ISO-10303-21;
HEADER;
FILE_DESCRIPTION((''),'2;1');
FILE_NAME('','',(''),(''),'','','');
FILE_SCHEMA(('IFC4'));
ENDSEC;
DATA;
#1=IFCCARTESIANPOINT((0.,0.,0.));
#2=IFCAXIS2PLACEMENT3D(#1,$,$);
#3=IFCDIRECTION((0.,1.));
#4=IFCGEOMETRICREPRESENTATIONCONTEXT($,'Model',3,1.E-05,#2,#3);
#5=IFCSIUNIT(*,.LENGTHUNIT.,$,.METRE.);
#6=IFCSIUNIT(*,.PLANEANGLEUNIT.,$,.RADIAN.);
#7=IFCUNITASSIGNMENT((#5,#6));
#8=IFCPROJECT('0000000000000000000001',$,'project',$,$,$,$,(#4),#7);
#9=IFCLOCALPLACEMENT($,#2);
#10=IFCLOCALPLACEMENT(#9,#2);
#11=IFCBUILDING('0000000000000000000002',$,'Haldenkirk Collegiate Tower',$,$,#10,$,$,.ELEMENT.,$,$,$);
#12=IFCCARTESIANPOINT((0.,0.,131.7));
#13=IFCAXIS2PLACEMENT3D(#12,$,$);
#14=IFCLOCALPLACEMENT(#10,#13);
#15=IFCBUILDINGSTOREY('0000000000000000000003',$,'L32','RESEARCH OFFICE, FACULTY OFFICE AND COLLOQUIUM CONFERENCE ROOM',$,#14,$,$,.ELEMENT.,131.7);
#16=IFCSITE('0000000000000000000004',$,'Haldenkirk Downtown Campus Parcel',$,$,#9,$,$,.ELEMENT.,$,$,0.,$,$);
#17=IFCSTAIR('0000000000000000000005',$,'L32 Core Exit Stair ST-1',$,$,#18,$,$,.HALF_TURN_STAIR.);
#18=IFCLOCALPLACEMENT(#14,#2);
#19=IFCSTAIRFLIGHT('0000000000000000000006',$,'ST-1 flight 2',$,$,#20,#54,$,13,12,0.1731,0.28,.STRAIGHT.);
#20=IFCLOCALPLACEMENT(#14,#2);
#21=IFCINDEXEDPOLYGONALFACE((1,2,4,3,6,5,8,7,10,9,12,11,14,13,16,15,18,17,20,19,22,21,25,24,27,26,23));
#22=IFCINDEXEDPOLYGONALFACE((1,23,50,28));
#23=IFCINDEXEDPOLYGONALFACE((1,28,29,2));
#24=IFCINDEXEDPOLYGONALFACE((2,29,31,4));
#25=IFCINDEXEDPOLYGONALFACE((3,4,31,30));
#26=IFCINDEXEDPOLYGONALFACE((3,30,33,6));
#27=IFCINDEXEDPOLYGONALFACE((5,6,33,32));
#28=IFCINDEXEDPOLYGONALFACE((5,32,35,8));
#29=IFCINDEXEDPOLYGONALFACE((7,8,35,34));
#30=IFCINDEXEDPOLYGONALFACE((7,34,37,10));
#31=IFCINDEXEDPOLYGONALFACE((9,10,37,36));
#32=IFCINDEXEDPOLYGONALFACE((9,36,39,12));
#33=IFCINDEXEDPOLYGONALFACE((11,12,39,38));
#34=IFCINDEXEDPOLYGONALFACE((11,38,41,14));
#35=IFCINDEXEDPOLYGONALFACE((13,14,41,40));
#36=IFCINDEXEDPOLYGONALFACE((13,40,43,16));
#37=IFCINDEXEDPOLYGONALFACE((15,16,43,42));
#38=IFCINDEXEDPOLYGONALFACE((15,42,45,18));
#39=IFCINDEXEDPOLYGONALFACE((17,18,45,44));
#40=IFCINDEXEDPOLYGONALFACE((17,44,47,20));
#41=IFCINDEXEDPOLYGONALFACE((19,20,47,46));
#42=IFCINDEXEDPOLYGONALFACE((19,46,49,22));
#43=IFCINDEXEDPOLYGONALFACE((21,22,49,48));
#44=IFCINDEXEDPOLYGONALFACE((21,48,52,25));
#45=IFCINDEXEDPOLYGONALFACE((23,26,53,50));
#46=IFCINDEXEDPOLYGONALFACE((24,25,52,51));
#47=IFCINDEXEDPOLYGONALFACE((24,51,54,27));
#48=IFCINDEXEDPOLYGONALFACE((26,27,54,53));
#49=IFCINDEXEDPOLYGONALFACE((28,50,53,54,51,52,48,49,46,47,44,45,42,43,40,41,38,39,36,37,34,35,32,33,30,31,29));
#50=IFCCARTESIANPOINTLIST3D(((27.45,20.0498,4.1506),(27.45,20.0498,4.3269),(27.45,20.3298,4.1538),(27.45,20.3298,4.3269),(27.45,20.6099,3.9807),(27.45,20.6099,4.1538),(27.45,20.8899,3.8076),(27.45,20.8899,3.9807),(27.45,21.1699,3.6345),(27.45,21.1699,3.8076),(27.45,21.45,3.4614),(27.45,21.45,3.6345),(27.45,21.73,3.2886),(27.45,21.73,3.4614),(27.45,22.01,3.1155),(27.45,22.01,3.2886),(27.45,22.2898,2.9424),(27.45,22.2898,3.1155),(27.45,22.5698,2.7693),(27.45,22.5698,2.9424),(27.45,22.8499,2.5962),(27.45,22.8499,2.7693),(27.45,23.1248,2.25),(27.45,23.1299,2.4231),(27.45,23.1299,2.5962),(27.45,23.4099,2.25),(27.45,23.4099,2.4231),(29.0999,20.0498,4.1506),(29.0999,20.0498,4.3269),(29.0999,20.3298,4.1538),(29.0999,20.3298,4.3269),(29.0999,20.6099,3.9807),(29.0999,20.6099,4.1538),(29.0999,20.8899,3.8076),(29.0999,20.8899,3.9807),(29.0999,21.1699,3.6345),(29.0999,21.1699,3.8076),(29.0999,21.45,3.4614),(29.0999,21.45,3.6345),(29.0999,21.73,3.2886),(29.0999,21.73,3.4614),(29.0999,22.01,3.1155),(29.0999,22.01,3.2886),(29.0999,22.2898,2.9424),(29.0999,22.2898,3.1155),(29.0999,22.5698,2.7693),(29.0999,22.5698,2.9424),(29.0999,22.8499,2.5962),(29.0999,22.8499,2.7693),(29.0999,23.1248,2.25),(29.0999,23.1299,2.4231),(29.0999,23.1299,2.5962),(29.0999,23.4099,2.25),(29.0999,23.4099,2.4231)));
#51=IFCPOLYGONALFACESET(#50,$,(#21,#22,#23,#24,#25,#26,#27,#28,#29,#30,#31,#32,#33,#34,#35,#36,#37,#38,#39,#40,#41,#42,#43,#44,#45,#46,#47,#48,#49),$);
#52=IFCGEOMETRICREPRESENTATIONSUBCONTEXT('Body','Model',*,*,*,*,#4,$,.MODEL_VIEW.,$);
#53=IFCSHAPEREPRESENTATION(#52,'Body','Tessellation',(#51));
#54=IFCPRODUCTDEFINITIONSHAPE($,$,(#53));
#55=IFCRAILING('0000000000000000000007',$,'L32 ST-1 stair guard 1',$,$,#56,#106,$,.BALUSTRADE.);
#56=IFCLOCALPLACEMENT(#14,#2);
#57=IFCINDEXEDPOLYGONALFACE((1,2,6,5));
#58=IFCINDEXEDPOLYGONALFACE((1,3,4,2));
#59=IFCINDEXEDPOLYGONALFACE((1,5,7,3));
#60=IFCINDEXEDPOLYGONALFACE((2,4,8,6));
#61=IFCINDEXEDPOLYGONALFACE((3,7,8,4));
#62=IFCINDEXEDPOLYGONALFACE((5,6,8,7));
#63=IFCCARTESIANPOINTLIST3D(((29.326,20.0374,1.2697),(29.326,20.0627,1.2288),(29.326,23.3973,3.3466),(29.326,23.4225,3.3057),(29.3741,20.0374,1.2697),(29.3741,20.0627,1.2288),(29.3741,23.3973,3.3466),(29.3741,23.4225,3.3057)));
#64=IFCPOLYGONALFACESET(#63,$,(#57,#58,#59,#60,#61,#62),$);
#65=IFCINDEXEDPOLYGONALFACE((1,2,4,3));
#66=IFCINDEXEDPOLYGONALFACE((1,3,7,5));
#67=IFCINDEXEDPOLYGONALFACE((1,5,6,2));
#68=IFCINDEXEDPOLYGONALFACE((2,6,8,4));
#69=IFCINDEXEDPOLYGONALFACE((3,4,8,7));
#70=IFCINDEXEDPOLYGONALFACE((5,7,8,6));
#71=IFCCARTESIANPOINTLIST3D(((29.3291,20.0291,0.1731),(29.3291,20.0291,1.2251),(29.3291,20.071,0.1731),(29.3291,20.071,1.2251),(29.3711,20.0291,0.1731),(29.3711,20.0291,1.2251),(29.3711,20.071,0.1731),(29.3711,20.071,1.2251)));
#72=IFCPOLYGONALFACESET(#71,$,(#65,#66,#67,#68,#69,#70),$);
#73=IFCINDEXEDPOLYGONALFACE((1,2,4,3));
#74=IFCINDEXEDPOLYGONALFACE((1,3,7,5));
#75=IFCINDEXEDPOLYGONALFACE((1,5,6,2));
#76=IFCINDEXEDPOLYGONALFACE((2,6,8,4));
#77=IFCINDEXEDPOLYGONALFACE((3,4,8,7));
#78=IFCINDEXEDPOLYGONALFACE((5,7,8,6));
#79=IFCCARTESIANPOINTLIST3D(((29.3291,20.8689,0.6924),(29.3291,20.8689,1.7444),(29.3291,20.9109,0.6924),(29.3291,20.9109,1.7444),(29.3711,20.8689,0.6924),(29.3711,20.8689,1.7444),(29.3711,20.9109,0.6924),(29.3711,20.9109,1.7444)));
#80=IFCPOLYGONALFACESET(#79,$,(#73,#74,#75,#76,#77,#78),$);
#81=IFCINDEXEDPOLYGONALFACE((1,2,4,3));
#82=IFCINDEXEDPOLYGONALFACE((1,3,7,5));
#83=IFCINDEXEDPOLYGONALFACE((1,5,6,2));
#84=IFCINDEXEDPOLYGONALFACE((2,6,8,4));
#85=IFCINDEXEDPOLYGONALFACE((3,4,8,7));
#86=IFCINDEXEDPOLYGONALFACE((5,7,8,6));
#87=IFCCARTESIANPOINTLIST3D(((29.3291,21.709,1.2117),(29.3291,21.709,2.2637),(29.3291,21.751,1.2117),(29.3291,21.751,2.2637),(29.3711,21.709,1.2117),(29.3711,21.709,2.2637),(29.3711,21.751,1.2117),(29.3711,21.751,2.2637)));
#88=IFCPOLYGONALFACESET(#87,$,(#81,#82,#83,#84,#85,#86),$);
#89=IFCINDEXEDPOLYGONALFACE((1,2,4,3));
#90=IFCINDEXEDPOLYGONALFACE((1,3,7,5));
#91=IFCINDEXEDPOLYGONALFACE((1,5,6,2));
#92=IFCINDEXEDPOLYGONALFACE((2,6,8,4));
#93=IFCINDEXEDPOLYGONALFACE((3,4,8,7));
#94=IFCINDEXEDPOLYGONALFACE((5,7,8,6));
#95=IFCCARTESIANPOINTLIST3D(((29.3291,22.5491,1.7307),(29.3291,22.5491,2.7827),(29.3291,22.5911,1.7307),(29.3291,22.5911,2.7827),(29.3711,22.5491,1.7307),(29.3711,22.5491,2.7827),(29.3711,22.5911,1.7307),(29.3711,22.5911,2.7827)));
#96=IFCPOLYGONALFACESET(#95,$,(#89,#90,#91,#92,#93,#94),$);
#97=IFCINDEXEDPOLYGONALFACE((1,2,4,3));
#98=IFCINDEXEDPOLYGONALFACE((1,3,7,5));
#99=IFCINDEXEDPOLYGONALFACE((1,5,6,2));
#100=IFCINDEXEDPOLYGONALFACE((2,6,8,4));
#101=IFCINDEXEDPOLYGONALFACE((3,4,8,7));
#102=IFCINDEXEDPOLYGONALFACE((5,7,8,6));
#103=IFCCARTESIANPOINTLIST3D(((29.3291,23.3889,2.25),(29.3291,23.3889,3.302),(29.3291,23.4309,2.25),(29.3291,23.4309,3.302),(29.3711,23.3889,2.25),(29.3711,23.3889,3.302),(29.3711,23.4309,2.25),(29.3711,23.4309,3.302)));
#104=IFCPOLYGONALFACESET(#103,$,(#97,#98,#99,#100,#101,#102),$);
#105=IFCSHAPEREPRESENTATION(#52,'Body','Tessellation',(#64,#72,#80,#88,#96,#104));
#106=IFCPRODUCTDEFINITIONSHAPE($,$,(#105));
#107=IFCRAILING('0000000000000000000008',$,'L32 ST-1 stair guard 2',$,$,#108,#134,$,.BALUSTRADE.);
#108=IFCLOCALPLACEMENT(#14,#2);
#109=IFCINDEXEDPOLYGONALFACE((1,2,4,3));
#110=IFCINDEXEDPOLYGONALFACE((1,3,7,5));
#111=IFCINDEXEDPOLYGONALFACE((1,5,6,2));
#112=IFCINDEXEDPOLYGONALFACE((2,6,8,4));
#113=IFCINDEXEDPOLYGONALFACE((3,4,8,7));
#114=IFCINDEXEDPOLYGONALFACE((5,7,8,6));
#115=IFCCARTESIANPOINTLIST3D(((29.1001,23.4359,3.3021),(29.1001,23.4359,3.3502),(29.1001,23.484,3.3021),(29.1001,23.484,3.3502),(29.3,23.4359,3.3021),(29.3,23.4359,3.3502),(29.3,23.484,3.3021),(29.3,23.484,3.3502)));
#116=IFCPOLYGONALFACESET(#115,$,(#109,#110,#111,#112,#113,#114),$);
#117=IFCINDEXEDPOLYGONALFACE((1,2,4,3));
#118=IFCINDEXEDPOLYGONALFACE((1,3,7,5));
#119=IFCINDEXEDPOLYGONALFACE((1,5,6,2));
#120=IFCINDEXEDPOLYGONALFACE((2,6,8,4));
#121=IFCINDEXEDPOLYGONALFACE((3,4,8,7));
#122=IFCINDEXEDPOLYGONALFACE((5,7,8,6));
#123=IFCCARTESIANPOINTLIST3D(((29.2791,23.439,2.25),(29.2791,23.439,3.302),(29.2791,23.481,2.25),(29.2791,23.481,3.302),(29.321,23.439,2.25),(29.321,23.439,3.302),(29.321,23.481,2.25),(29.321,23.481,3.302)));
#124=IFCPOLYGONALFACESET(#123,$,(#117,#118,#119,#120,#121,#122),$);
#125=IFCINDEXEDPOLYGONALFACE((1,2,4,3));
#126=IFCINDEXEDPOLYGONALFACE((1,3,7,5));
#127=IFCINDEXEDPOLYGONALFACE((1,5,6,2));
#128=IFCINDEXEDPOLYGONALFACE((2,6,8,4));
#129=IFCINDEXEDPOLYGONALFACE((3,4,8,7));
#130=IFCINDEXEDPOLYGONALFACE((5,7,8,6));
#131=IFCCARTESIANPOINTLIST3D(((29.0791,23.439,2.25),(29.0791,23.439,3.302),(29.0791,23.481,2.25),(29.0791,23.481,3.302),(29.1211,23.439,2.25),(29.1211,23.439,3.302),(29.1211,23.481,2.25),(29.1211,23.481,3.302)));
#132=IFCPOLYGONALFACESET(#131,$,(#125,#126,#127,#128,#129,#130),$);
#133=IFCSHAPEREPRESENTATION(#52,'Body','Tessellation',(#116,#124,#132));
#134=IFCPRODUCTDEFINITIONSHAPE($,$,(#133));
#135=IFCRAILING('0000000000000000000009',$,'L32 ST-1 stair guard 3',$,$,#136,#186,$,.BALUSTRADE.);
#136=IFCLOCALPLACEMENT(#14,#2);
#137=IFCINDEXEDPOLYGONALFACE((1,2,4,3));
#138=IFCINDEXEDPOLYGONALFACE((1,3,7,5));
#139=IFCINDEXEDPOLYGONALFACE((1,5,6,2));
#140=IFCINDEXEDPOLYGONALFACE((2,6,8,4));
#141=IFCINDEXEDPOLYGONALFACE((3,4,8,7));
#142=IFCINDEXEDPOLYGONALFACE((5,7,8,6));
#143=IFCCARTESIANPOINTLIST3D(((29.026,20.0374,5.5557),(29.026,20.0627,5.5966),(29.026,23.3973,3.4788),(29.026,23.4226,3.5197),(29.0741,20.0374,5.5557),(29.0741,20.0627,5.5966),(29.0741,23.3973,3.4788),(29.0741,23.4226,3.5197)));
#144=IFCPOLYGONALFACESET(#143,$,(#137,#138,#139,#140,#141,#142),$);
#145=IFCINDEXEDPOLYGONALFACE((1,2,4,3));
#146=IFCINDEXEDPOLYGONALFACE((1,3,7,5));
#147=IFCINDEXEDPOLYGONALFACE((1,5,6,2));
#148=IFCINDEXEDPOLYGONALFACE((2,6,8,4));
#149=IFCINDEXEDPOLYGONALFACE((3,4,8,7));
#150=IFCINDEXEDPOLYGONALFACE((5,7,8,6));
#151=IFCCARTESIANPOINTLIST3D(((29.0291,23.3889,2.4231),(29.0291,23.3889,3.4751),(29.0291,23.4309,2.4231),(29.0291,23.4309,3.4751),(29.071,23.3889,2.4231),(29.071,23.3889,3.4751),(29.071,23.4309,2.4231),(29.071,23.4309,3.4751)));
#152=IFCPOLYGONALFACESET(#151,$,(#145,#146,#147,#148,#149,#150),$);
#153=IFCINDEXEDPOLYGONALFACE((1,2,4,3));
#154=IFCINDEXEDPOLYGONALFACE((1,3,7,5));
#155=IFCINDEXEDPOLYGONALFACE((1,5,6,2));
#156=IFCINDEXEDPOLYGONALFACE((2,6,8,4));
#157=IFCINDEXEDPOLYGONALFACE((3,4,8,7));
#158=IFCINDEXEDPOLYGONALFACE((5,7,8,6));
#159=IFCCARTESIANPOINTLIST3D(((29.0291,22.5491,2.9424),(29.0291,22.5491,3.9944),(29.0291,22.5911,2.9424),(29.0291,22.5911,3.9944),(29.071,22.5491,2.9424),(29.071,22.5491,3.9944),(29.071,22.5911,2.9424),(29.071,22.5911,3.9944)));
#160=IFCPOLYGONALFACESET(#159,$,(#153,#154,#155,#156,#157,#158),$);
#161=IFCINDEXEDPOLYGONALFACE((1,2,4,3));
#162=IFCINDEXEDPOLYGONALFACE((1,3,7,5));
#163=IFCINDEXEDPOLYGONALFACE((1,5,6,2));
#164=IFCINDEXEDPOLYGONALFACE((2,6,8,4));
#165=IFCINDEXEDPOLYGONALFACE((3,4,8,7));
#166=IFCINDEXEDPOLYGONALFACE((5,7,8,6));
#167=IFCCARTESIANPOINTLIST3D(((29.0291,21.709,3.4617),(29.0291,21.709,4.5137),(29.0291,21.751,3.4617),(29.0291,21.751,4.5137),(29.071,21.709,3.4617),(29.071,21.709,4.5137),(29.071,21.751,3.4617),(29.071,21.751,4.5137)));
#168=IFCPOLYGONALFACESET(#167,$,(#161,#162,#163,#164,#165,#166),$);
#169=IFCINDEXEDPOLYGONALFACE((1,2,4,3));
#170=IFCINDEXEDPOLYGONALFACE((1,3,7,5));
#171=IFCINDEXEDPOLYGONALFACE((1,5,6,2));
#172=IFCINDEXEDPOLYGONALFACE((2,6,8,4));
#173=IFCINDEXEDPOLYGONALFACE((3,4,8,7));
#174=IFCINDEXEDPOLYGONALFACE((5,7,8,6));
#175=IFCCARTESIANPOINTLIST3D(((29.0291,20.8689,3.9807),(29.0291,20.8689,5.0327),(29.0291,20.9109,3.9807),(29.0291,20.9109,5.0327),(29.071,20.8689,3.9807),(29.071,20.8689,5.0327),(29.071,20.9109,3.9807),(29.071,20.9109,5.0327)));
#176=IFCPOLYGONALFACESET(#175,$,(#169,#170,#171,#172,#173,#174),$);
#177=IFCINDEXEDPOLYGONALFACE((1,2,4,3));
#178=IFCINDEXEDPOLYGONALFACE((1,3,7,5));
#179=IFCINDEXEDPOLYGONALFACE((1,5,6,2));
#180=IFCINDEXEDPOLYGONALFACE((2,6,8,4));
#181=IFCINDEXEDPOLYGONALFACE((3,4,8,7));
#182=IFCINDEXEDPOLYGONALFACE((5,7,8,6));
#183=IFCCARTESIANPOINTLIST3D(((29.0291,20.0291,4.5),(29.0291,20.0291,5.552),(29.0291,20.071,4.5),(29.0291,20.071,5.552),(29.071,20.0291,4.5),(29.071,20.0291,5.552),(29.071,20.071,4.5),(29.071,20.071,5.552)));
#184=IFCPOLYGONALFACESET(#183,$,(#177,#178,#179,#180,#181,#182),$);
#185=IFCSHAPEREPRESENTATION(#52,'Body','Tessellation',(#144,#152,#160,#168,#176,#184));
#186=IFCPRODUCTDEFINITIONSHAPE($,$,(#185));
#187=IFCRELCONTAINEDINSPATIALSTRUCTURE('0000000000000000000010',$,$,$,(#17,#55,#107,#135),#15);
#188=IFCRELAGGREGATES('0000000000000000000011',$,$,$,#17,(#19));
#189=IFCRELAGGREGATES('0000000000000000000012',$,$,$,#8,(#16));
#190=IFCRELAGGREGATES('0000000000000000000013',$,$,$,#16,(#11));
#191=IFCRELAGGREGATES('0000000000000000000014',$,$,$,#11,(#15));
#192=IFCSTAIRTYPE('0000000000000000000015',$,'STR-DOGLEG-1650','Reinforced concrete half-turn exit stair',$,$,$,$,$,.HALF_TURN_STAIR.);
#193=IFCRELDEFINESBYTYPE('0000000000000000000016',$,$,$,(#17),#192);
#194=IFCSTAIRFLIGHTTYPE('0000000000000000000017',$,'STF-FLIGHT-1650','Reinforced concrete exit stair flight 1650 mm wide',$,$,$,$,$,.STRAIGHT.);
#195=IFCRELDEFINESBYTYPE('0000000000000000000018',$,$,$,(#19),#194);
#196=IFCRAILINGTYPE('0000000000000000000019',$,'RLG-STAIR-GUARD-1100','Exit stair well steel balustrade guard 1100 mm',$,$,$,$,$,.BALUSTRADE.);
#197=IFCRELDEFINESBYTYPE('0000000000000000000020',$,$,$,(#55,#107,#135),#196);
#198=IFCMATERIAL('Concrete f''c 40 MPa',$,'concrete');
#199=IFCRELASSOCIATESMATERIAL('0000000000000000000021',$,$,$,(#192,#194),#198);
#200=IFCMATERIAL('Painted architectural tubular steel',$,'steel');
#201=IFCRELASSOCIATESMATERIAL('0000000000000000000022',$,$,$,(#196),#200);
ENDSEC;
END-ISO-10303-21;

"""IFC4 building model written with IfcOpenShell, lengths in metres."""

from ifc_helpers import new_model, si_unit, direction, frame, origin, origin_2d, place, context, subcontext, project, spatial, polyline, rectangle, outline, extrude, material, type_object, element, aggregate, save


model = new_model("IFC4")

# Units and contexts
model_context = context("Model", 3, precision=1e-05, world=origin(), true_north=direction((0.0, 1.0)))
body_context = subcontext(model_context, "Body", "Model", "MODEL_VIEW")
ifc_project = project(units=[si_unit("LENGTHUNIT", "METRE"), si_unit("PLANEANGLEUNIT", "RADIAN")], contexts=[model_context])

# Site, building, storey
site_placement = place(None, origin())
site = spatial("IfcSite", under=ifc_project, at=site_placement, Name="Haldenkirk Downtown Campus Parcel", CompositionType="ELEMENT", RefElevation=0.0)
building_placement = place(site_placement, origin())
building = spatial("IfcBuilding", under=site, at=building_placement, Name="Haldenkirk Collegiate Tower", CompositionType="ELEMENT")
storey_placement = place(building_placement, frame((0.0, 0.0, 131.7)))
storey = spatial("IfcBuildingStorey", under=building, at=storey_placement, Name="L32", Description="RESEARCH OFFICE, FACULTY OFFICE AND COLLOQUIUM CONFERENCE ROOM", CompositionType="ELEMENT", Elevation=131.7)

# Stair, stair flight
ifc_material_1 = material(Name="Concrete f'c 40 MPa", Category="concrete")
stair_type = type_object("IfcStairType", Name="STR-DOGLEG-1650", Description="Reinforced concrete half-turn exit stair", PredefinedType="HALF_TURN_STAIR", material=ifc_material_1)
stair_placement = place(storey_placement, origin())
stair = element("IfcStair", 1, at=stair_placement, inside=storey, type_object=stair_type, Name="L32 Core Exit Stair ST-1", PredefinedType="HALF_TURN_STAIR")
stair_flight_type = type_object("IfcStairFlightType", Name="STF-FLIGHT-1650", Description="Reinforced concrete exit stair flight 1650 mm wide", PredefinedType="STRAIGHT", material=ifc_material_1)
stair_flight_1_placement = place(storey_placement, frame((28.2749, 23.4099, 2.25), z_axis=(0.0, 0.0, 1.0), x_axis=(0.0, -1.0, 0.0)))
stair_flight_1 = element("IfcStairFlight", 2, at=stair_flight_1_placement, type_object=stair_flight_type, Name="ST-1 flight 2", NumberOfRisers=13, NumberOfTreads=12, PredefinedType="STRAIGHT", RiserHeight=0.1731, TreadLength=0.28, context=body_context, shape_type="SweptSolid", body=[
    extrude(outline(polyline([(0.0, 0.0), (0.0, 0.1731), (0.28, 0.1731), (0.28, 0.3462), (0.5601, 0.3462), (0.5601, 0.5193), (0.8401, 0.5193), (0.8401, 0.6924), (1.1201, 0.6924), (1.1201, 0.8655), (1.3999, 0.8655), (1.3999, 1.0386), (1.6799, 1.0386), (1.6799, 1.2114), (1.96, 1.2114), (1.96, 1.3845), (2.24, 1.3845), (2.24, 1.5576), (2.52, 1.5576), (2.52, 1.7307), (2.8, 1.7307), (2.8, 1.9038), (3.0801, 1.9038), (3.0801, 2.0769), (3.3601, 2.0769), (3.3601, 2.25), (3.3601, 1.9006), (0.2852, 0.0), (0.0, 0.0)])), frame((0.0, 0.825, 0.0), z_axis=(0.0, -1.0, 0.0), x_axis=(1.0, 0.0, 0.0)), (0.0, 0.0, 1.0), 1.6499),
])
aggregate(stair, [stair_flight_1])

# Railings
ifc_material_2 = material(Name="Painted architectural tubular steel", Category="steel")
railing_type_1 = type_object("IfcRailingType", Name="RLG-STAIR-GUARD-1100", Description="Exit stair well steel balustrade guard 1100 mm", PredefinedType="BALUSTRADE", material=ifc_material_2)
railing_1_placement = place(storey_placement, frame((29.3501, 20.05, 0.1731)))
element("IfcRailing", 3, at=railing_1_placement, inside=storey, type_object=railing_type_1, Name="L32 ST-1 stair guard 1", PredefinedType="BALUSTRADE", context=body_context, shape_type="SweptSolid", body=[
    extrude(rectangle(XDim=0.0481, YDim=0.0481, at=origin_2d()), frame((0.0, 0.0, 1.0762), z_axis=(0.0, 0.850606, 0.525803), x_axis=(-1.0, 0.0, 0.0)), (0.0, 0.0, 1.0), 3.95),
    extrude(rectangle(XDim=0.042, YDim=0.042, at=origin_2d()), origin(), (0.0, 0.0, 1.0), 1.052),
    extrude(rectangle(XDim=0.042, YDim=0.042, at=origin_2d()), frame((0.0, 0.8398, 0.5193)), (0.0, 0.0, 1.0), 1.052),
    extrude(rectangle(XDim=0.042, YDim=0.042, at=origin_2d()), frame((0.0, 1.6799, 1.0386)), (0.0, 0.0, 1.0), 1.052),
    extrude(rectangle(XDim=0.042, YDim=0.042, at=origin_2d()), frame((0.0, 2.52, 1.5576)), (0.0, 0.0, 1.0), 1.052),
    extrude(rectangle(XDim=0.042, YDim=0.042, at=origin_2d()), frame((0.0, 3.3599, 2.0769)), (0.0, 0.0, 1.0), 1.052),
])
railing_2_placement = place(storey_placement, frame((29.3, 23.46, 2.25)))
element("IfcRailing", 4, at=railing_2_placement, inside=storey, type_object=railing_type_1, Name="L32 ST-1 stair guard 2", PredefinedType="BALUSTRADE", context=body_context, shape_type="SweptSolid", body=[
    extrude(rectangle(XDim=0.0481, YDim=0.0481, at=origin_2d()), frame((0.0, 0.0, 1.0762), z_axis=(-1.0, 0.0, 0.0), x_axis=(0.0, -1.0, 0.0)), (0.0, 0.0, 1.0), 0.2),
    extrude(rectangle(XDim=0.042, YDim=0.042, at=origin_2d()), origin(), (0.0, 0.0, 1.0), 1.052),
    extrude(rectangle(XDim=0.042, YDim=0.042, at=origin_2d()), frame((-0.2, 0.0, 0.0)), (0.0, 0.0, 1.0), 1.052),
])
railing_3_placement = place(storey_placement, frame((29.05, 23.4099, 2.4231)))
element("IfcRailing", 5, at=railing_3_placement, inside=storey, type_object=railing_type_1, Name="L32 ST-1 stair guard 3", PredefinedType="BALUSTRADE", context=body_context, shape_type="SweptSolid", body=[
    extrude(rectangle(XDim=0.0481, YDim=0.0481, at=origin_2d()), frame((0.0, 0.0, 1.0762), z_axis=(0.0, -0.850606, 0.525803), x_axis=(1.0, 0.0, 0.0)), (0.0, 0.0, 1.0), 3.95),
    extrude(rectangle(XDim=0.042, YDim=0.042, at=origin_2d()), origin(), (0.0, 0.0, 1.0), 1.052),
    extrude(rectangle(XDim=0.042, YDim=0.042, at=origin_2d()), frame((0.0, -0.8398, 0.5193)), (0.0, 0.0, 1.0), 1.052),
    extrude(rectangle(XDim=0.042, YDim=0.042, at=origin_2d()), frame((0.0, -1.6799, 1.0386)), (0.0, 0.0, 1.0), 1.052),
    extrude(rectangle(XDim=0.042, YDim=0.042, at=origin_2d()), frame((0.0, -2.52, 1.5576)), (0.0, 0.0, 1.0), 1.052),
    extrude(rectangle(XDim=0.042, YDim=0.042, at=origin_2d()), frame((0.0, -3.3599, 2.0769)), (0.0, 0.0, 1.0), 1.052),
])

save(model, "model.ifc")
